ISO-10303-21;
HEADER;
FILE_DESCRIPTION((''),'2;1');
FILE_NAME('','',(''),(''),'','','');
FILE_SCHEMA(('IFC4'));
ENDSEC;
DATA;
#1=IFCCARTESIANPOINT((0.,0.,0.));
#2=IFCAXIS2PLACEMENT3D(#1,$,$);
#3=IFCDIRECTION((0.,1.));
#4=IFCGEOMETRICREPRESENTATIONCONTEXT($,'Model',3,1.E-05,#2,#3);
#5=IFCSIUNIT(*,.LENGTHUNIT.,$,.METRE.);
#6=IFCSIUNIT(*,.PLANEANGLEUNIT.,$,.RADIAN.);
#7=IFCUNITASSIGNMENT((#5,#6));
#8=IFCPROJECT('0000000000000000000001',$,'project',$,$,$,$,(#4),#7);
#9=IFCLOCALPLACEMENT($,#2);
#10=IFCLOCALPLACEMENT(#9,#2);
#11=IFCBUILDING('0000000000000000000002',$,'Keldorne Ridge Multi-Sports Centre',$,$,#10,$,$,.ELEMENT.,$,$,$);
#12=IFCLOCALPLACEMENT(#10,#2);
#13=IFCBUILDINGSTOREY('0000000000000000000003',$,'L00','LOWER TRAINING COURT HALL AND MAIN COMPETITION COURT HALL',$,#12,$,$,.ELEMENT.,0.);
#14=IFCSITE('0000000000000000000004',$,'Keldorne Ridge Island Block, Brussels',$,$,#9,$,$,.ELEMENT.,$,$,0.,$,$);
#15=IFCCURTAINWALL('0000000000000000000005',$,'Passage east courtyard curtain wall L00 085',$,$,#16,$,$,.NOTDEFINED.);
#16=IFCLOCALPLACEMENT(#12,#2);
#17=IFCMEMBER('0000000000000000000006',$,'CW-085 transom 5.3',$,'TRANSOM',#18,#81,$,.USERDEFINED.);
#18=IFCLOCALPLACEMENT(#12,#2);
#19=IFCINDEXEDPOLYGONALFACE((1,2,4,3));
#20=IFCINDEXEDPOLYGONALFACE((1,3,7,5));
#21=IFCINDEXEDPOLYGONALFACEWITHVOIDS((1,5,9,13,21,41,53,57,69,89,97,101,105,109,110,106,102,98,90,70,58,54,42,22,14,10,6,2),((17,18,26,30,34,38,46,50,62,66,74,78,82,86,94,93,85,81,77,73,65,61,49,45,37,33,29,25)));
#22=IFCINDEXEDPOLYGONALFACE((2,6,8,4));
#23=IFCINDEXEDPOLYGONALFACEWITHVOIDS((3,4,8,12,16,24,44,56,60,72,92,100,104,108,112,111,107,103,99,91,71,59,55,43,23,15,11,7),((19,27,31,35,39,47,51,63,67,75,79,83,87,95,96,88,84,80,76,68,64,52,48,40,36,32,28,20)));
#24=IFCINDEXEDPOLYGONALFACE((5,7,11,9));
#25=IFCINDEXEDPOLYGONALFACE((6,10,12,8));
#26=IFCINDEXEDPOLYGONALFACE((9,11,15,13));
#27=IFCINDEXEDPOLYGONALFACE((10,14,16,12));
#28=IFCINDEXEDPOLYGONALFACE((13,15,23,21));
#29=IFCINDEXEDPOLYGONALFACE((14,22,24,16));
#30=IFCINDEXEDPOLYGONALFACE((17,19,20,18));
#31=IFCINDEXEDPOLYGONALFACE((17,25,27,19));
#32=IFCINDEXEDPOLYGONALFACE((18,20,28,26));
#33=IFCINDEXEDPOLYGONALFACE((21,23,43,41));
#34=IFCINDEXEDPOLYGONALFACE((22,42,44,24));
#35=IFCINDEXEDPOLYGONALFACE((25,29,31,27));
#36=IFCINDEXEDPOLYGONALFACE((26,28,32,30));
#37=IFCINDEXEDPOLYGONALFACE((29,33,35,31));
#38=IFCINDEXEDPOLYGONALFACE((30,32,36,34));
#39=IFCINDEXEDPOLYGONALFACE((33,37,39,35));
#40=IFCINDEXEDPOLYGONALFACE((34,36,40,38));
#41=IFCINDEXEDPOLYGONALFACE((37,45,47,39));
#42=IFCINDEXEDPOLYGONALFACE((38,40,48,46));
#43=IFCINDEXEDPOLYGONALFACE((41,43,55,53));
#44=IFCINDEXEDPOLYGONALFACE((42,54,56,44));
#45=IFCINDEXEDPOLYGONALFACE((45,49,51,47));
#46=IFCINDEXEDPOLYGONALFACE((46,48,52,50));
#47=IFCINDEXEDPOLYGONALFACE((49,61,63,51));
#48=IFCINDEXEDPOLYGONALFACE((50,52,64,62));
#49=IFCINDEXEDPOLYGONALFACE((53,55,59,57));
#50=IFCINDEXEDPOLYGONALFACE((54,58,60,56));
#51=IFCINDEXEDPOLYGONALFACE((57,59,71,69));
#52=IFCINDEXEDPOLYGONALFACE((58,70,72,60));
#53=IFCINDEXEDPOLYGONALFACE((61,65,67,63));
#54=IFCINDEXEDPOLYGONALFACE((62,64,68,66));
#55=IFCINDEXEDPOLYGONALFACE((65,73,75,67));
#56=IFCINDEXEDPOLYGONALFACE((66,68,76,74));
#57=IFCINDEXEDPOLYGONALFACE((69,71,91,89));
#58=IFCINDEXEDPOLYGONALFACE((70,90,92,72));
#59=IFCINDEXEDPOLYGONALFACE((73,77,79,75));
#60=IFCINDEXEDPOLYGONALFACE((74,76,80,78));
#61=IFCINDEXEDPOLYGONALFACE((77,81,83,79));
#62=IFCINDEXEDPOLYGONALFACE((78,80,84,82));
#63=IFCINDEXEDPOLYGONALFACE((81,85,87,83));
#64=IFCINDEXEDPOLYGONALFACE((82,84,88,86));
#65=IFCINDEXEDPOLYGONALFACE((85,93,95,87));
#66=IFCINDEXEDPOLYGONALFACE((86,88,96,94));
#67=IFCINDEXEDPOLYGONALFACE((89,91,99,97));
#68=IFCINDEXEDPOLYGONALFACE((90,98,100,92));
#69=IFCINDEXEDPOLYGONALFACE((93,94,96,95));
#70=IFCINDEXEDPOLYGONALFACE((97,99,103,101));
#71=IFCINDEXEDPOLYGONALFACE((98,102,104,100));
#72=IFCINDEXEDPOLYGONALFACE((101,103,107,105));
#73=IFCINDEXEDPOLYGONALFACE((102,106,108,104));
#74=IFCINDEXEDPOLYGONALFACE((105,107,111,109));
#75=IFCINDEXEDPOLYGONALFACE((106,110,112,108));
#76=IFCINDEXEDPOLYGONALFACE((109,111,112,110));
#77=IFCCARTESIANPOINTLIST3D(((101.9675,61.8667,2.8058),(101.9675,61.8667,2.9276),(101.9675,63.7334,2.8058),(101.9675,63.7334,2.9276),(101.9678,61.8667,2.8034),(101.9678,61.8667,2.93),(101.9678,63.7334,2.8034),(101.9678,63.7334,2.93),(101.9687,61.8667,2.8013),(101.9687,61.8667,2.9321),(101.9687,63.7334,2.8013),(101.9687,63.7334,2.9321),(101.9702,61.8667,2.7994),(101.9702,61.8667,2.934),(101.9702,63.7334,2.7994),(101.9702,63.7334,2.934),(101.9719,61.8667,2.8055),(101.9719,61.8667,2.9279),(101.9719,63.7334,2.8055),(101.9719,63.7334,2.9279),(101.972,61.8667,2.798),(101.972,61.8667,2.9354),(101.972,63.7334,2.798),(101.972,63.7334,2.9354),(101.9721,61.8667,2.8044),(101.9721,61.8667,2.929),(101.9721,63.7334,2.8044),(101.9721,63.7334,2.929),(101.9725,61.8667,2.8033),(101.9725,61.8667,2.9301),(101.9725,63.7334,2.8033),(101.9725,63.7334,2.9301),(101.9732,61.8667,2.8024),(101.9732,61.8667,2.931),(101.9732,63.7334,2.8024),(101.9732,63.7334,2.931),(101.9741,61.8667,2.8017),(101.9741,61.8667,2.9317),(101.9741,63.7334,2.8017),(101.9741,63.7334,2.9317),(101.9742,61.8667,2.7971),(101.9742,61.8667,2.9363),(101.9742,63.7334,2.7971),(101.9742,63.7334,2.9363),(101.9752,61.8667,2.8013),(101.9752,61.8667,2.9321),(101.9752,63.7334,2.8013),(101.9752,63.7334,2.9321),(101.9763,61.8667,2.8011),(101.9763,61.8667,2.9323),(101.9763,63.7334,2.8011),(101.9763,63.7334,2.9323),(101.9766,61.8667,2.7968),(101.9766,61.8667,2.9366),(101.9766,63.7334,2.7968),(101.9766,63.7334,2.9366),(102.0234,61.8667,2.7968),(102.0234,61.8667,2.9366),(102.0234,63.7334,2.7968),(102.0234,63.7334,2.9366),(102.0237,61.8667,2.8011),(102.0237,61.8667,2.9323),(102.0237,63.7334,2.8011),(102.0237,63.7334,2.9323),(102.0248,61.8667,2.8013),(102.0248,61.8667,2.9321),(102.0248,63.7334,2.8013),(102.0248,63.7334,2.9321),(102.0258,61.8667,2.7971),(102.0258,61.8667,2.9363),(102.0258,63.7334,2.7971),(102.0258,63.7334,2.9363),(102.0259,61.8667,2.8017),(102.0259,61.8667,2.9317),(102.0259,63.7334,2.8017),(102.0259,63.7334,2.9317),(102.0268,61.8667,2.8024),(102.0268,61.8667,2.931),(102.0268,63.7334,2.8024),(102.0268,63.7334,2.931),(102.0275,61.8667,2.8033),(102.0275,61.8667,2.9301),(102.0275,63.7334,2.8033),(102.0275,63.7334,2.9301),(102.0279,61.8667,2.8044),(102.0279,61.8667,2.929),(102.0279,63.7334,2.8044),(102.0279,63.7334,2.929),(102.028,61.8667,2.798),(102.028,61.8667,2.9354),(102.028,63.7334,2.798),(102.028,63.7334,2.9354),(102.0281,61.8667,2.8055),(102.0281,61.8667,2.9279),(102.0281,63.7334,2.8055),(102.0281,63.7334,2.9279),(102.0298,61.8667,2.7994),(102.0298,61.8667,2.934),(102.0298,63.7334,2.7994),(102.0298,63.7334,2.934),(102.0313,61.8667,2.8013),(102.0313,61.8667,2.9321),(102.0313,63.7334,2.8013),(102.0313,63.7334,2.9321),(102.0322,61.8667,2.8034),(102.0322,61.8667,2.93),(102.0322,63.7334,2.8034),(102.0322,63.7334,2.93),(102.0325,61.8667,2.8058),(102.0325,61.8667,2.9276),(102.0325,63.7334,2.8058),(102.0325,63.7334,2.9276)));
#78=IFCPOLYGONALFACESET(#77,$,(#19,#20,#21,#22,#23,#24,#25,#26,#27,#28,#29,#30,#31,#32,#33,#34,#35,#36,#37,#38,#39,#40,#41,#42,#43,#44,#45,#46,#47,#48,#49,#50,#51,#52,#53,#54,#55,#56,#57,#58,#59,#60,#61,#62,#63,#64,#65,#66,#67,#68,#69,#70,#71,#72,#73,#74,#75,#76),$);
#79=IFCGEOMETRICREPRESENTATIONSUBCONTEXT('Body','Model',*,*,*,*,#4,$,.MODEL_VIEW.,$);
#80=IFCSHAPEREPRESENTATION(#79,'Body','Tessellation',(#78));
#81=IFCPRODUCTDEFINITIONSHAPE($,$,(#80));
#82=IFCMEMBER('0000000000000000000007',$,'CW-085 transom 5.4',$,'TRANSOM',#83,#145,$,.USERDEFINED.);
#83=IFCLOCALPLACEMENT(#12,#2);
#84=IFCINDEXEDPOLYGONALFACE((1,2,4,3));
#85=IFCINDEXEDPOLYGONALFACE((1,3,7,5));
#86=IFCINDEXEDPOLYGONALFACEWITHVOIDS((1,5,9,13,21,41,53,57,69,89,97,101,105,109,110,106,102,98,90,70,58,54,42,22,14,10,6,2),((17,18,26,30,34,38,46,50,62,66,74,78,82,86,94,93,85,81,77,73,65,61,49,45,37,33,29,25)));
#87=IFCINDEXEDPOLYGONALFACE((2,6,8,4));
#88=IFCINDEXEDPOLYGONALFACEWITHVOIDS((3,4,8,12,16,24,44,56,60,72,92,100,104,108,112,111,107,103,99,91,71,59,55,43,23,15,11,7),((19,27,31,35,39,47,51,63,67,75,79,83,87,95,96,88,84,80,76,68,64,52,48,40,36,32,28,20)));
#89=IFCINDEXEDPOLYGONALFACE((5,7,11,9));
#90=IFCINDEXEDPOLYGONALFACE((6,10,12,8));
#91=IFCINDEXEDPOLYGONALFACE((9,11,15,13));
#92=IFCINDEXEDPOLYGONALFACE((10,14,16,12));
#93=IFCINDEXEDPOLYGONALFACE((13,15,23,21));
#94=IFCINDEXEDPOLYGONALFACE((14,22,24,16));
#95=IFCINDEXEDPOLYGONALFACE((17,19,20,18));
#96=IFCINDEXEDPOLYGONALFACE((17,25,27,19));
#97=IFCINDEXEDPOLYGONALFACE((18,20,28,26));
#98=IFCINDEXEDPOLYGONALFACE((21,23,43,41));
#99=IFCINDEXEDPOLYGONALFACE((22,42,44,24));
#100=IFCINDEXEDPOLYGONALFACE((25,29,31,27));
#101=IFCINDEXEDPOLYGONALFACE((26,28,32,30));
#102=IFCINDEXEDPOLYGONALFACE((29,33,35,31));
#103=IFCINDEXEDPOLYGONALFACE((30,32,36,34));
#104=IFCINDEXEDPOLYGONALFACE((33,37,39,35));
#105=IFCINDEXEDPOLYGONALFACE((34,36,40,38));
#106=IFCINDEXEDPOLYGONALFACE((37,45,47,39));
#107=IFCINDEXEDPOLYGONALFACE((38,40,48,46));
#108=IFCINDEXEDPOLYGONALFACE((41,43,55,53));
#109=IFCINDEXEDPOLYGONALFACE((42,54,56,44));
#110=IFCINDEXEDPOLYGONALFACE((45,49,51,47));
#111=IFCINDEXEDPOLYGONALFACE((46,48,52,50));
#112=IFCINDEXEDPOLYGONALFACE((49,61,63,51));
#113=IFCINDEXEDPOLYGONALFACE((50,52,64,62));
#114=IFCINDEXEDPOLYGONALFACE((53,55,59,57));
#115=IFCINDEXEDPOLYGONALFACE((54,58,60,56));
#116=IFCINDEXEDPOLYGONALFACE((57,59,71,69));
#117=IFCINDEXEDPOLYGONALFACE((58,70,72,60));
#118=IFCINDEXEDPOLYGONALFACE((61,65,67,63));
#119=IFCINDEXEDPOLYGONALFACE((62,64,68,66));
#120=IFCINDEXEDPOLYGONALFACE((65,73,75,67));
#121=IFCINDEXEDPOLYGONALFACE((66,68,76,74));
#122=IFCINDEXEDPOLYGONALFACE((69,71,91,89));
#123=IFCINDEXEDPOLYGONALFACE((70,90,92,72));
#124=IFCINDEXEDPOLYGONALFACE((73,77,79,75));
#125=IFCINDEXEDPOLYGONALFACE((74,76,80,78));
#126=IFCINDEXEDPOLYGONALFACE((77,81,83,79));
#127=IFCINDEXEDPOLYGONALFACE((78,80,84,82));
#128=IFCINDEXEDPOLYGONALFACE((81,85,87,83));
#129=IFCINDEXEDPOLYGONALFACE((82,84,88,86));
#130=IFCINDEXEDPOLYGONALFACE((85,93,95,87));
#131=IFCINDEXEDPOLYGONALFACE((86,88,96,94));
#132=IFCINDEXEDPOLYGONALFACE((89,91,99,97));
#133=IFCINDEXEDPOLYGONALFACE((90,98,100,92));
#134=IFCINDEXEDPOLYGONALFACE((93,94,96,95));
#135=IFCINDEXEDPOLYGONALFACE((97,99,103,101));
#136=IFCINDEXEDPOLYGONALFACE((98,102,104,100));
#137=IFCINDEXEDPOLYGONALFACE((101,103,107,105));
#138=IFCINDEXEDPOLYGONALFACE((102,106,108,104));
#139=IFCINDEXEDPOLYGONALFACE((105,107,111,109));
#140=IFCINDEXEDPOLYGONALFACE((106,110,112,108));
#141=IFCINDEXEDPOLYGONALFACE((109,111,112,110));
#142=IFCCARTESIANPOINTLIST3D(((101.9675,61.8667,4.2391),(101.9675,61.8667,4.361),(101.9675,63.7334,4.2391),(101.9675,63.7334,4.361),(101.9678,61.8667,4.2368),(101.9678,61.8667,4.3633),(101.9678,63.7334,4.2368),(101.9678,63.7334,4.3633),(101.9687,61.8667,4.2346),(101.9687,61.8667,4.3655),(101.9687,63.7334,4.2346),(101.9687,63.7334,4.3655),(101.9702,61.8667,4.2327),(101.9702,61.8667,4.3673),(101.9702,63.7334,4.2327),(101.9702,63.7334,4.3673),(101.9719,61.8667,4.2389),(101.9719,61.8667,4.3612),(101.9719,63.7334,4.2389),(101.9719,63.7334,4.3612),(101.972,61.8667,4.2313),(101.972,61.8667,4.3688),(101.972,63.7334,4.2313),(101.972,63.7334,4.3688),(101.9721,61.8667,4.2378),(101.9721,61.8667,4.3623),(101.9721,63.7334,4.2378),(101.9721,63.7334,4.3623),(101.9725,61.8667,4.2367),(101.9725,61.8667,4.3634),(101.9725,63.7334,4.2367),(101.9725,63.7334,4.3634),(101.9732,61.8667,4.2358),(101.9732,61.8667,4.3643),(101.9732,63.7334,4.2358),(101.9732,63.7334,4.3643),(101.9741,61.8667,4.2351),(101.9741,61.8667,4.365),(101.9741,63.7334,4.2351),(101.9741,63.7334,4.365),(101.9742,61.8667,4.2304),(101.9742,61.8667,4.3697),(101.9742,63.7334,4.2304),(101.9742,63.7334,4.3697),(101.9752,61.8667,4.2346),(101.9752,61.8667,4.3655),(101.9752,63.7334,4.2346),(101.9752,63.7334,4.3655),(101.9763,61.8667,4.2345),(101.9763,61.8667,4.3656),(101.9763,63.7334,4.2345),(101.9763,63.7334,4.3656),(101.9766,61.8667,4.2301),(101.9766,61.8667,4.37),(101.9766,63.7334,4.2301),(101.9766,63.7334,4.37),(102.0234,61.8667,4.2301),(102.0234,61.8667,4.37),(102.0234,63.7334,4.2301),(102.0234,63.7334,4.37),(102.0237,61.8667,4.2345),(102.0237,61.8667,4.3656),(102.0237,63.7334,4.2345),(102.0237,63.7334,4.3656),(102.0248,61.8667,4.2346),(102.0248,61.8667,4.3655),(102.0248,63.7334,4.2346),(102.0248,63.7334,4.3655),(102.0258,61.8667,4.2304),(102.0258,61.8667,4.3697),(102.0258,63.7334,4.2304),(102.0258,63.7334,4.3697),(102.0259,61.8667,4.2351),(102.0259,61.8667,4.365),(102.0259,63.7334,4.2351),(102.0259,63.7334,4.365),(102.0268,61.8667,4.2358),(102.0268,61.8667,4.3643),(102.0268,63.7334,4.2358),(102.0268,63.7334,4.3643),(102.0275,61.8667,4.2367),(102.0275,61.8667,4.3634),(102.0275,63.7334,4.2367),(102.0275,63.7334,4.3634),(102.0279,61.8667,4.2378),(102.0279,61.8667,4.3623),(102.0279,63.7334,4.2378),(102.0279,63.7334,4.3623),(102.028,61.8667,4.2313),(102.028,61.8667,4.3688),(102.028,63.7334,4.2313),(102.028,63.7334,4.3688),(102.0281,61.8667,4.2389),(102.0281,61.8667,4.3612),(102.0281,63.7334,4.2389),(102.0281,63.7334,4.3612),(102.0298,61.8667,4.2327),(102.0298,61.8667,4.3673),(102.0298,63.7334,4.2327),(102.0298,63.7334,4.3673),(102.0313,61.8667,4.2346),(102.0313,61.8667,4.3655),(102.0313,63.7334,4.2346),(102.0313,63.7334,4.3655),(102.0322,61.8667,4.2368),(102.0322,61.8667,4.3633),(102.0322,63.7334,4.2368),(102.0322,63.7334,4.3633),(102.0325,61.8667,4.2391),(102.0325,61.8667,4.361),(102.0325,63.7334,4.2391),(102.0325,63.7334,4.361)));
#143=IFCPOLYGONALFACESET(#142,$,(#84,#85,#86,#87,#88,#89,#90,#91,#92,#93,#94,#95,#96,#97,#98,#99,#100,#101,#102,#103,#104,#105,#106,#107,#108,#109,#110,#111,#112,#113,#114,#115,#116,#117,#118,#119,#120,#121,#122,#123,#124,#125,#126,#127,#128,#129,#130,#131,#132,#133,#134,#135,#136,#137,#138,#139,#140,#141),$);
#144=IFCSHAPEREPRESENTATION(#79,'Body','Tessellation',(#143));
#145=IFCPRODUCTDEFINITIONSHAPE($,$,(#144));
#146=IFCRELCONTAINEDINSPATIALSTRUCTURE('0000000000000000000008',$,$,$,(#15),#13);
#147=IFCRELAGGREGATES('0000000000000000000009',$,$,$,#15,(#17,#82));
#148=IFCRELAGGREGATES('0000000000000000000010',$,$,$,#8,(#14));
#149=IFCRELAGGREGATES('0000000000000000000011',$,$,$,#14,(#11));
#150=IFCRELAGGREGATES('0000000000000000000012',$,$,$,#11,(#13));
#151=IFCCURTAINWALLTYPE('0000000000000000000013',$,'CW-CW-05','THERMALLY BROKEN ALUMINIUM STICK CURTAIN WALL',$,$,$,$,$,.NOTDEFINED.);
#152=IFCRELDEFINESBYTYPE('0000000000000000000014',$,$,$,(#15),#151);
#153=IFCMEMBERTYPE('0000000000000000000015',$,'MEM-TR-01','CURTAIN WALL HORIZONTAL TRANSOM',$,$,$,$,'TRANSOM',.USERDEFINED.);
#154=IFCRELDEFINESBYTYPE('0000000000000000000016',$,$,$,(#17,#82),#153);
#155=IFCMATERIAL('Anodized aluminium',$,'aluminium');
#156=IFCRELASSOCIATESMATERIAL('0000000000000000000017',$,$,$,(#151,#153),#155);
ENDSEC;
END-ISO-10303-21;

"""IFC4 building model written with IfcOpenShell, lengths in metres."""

from ifc_helpers import new_model, si_unit, direction, frame, origin, origin_2d, place, context, subcontext, project, spatial, hollow_rectangle, extrude, material, material_profile, profile_set, type_object, element, aggregate, save


model = new_model("IFC4")

# Units and contexts
model_context = context("Model", 3, precision=1e-05, world=origin(), true_north=direction((0.0, 1.0)))
body_context = subcontext(model_context, "Body", "Model", "MODEL_VIEW")
ifc_project = project(units=[si_unit("LENGTHUNIT", "METRE"), si_unit("PLANEANGLEUNIT", "RADIAN")], contexts=[model_context])

# Site, building, storey
site_placement = place(None, origin())
site = spatial("IfcSite", under=ifc_project, at=site_placement, Name="Keldorne Ridge Island Block, Brussels", CompositionType="ELEMENT", RefElevation=0.0)
building_placement = place(site_placement, origin())
building = spatial("IfcBuilding", under=site, at=building_placement, Name="Keldorne Ridge Multi-Sports Centre", CompositionType="ELEMENT")
storey_placement = place(building_placement, origin())
storey = spatial("IfcBuildingStorey", under=building, at=storey_placement, Name="L00", Description="LOWER TRAINING COURT HALL AND MAIN COMPETITION COURT HALL", CompositionType="ELEMENT", Elevation=0.0)

# Curtain wall
ifc_material_1 = material(Name="Anodized aluminium", Category="aluminium")
curtain_wall_type_1 = type_object("IfcCurtainWallType", Name="CW-CW-05", Description="THERMALLY BROKEN ALUMINIUM STICK CURTAIN WALL", PredefinedType="NOTDEFINED", material=ifc_material_1)
curtain_wall_1_placement = place(storey_placement, origin())
curtain_wall_1 = element("IfcCurtainWall", 1, at=curtain_wall_1_placement, inside=storey, type_object=curtain_wall_type_1, Name="Passage east courtyard curtain wall L00 085", PredefinedType="NOTDEFINED")

# Members
ifc_material_profile_1 = material_profile(ifc_material_1, hollow_rectangle(XDim=0.0649, YDim=0.1399, WallThickness=0.0044, InnerFilletRadius=0.0044, OuterFilletRadius=0.009, at=origin_2d()), Name="ALU TRANSOM 140x65x4.5")
ifc_profile_set_1 = profile_set([ifc_material_profile_1], Name="Anodized aluminium")
member_type_1 = type_object("IfcMemberType", Name="MEM-TR-01", Description="CURTAIN WALL HORIZONTAL TRANSOM", ElementType="TRANSOM", PredefinedType="USERDEFINED", material=ifc_profile_set_1)
member_1_placement = place(storey_placement, frame((102.0, 61.8667, 2.8667), z_axis=(0.0, 1.0, 0.0), x_axis=(-1.0, 0.0, 0.0)))
member_1 = element("IfcMember", 2, at=member_1_placement, type_object=member_type_1, Name="CW-085 transom 5.3", ObjectType="TRANSOM", PredefinedType="USERDEFINED", context=body_context, shape_type="SweptSolid", body=[
    extrude(hollow_rectangle(XDim=0.0649, YDim=0.1399, WallThickness=0.0044, InnerFilletRadius=0.0044, OuterFilletRadius=0.009, at=origin_2d()), origin(), (0.0, 0.0, 1.0), 1.8667),
])
member_2_placement = place(storey_placement, frame((102.0, 61.8667, 4.3), z_axis=(0.0, 1.0, 0.0), x_axis=(-1.0, 0.0, 0.0)))
member_2 = element("IfcMember", 3, at=member_2_placement, type_object=member_type_1, Name="CW-085 transom 5.4", ObjectType="TRANSOM", PredefinedType="USERDEFINED", context=body_context, shape_type="SweptSolid", body=[
    extrude(hollow_rectangle(XDim=0.0649, YDim=0.1399, WallThickness=0.0044, InnerFilletRadius=0.0044, OuterFilletRadius=0.009, at=origin_2d()), origin(), (0.0, 0.0, 1.0), 1.8667),
])

aggregate(curtain_wall_1, [member_1, member_2])

save(model, "model.ifc")
